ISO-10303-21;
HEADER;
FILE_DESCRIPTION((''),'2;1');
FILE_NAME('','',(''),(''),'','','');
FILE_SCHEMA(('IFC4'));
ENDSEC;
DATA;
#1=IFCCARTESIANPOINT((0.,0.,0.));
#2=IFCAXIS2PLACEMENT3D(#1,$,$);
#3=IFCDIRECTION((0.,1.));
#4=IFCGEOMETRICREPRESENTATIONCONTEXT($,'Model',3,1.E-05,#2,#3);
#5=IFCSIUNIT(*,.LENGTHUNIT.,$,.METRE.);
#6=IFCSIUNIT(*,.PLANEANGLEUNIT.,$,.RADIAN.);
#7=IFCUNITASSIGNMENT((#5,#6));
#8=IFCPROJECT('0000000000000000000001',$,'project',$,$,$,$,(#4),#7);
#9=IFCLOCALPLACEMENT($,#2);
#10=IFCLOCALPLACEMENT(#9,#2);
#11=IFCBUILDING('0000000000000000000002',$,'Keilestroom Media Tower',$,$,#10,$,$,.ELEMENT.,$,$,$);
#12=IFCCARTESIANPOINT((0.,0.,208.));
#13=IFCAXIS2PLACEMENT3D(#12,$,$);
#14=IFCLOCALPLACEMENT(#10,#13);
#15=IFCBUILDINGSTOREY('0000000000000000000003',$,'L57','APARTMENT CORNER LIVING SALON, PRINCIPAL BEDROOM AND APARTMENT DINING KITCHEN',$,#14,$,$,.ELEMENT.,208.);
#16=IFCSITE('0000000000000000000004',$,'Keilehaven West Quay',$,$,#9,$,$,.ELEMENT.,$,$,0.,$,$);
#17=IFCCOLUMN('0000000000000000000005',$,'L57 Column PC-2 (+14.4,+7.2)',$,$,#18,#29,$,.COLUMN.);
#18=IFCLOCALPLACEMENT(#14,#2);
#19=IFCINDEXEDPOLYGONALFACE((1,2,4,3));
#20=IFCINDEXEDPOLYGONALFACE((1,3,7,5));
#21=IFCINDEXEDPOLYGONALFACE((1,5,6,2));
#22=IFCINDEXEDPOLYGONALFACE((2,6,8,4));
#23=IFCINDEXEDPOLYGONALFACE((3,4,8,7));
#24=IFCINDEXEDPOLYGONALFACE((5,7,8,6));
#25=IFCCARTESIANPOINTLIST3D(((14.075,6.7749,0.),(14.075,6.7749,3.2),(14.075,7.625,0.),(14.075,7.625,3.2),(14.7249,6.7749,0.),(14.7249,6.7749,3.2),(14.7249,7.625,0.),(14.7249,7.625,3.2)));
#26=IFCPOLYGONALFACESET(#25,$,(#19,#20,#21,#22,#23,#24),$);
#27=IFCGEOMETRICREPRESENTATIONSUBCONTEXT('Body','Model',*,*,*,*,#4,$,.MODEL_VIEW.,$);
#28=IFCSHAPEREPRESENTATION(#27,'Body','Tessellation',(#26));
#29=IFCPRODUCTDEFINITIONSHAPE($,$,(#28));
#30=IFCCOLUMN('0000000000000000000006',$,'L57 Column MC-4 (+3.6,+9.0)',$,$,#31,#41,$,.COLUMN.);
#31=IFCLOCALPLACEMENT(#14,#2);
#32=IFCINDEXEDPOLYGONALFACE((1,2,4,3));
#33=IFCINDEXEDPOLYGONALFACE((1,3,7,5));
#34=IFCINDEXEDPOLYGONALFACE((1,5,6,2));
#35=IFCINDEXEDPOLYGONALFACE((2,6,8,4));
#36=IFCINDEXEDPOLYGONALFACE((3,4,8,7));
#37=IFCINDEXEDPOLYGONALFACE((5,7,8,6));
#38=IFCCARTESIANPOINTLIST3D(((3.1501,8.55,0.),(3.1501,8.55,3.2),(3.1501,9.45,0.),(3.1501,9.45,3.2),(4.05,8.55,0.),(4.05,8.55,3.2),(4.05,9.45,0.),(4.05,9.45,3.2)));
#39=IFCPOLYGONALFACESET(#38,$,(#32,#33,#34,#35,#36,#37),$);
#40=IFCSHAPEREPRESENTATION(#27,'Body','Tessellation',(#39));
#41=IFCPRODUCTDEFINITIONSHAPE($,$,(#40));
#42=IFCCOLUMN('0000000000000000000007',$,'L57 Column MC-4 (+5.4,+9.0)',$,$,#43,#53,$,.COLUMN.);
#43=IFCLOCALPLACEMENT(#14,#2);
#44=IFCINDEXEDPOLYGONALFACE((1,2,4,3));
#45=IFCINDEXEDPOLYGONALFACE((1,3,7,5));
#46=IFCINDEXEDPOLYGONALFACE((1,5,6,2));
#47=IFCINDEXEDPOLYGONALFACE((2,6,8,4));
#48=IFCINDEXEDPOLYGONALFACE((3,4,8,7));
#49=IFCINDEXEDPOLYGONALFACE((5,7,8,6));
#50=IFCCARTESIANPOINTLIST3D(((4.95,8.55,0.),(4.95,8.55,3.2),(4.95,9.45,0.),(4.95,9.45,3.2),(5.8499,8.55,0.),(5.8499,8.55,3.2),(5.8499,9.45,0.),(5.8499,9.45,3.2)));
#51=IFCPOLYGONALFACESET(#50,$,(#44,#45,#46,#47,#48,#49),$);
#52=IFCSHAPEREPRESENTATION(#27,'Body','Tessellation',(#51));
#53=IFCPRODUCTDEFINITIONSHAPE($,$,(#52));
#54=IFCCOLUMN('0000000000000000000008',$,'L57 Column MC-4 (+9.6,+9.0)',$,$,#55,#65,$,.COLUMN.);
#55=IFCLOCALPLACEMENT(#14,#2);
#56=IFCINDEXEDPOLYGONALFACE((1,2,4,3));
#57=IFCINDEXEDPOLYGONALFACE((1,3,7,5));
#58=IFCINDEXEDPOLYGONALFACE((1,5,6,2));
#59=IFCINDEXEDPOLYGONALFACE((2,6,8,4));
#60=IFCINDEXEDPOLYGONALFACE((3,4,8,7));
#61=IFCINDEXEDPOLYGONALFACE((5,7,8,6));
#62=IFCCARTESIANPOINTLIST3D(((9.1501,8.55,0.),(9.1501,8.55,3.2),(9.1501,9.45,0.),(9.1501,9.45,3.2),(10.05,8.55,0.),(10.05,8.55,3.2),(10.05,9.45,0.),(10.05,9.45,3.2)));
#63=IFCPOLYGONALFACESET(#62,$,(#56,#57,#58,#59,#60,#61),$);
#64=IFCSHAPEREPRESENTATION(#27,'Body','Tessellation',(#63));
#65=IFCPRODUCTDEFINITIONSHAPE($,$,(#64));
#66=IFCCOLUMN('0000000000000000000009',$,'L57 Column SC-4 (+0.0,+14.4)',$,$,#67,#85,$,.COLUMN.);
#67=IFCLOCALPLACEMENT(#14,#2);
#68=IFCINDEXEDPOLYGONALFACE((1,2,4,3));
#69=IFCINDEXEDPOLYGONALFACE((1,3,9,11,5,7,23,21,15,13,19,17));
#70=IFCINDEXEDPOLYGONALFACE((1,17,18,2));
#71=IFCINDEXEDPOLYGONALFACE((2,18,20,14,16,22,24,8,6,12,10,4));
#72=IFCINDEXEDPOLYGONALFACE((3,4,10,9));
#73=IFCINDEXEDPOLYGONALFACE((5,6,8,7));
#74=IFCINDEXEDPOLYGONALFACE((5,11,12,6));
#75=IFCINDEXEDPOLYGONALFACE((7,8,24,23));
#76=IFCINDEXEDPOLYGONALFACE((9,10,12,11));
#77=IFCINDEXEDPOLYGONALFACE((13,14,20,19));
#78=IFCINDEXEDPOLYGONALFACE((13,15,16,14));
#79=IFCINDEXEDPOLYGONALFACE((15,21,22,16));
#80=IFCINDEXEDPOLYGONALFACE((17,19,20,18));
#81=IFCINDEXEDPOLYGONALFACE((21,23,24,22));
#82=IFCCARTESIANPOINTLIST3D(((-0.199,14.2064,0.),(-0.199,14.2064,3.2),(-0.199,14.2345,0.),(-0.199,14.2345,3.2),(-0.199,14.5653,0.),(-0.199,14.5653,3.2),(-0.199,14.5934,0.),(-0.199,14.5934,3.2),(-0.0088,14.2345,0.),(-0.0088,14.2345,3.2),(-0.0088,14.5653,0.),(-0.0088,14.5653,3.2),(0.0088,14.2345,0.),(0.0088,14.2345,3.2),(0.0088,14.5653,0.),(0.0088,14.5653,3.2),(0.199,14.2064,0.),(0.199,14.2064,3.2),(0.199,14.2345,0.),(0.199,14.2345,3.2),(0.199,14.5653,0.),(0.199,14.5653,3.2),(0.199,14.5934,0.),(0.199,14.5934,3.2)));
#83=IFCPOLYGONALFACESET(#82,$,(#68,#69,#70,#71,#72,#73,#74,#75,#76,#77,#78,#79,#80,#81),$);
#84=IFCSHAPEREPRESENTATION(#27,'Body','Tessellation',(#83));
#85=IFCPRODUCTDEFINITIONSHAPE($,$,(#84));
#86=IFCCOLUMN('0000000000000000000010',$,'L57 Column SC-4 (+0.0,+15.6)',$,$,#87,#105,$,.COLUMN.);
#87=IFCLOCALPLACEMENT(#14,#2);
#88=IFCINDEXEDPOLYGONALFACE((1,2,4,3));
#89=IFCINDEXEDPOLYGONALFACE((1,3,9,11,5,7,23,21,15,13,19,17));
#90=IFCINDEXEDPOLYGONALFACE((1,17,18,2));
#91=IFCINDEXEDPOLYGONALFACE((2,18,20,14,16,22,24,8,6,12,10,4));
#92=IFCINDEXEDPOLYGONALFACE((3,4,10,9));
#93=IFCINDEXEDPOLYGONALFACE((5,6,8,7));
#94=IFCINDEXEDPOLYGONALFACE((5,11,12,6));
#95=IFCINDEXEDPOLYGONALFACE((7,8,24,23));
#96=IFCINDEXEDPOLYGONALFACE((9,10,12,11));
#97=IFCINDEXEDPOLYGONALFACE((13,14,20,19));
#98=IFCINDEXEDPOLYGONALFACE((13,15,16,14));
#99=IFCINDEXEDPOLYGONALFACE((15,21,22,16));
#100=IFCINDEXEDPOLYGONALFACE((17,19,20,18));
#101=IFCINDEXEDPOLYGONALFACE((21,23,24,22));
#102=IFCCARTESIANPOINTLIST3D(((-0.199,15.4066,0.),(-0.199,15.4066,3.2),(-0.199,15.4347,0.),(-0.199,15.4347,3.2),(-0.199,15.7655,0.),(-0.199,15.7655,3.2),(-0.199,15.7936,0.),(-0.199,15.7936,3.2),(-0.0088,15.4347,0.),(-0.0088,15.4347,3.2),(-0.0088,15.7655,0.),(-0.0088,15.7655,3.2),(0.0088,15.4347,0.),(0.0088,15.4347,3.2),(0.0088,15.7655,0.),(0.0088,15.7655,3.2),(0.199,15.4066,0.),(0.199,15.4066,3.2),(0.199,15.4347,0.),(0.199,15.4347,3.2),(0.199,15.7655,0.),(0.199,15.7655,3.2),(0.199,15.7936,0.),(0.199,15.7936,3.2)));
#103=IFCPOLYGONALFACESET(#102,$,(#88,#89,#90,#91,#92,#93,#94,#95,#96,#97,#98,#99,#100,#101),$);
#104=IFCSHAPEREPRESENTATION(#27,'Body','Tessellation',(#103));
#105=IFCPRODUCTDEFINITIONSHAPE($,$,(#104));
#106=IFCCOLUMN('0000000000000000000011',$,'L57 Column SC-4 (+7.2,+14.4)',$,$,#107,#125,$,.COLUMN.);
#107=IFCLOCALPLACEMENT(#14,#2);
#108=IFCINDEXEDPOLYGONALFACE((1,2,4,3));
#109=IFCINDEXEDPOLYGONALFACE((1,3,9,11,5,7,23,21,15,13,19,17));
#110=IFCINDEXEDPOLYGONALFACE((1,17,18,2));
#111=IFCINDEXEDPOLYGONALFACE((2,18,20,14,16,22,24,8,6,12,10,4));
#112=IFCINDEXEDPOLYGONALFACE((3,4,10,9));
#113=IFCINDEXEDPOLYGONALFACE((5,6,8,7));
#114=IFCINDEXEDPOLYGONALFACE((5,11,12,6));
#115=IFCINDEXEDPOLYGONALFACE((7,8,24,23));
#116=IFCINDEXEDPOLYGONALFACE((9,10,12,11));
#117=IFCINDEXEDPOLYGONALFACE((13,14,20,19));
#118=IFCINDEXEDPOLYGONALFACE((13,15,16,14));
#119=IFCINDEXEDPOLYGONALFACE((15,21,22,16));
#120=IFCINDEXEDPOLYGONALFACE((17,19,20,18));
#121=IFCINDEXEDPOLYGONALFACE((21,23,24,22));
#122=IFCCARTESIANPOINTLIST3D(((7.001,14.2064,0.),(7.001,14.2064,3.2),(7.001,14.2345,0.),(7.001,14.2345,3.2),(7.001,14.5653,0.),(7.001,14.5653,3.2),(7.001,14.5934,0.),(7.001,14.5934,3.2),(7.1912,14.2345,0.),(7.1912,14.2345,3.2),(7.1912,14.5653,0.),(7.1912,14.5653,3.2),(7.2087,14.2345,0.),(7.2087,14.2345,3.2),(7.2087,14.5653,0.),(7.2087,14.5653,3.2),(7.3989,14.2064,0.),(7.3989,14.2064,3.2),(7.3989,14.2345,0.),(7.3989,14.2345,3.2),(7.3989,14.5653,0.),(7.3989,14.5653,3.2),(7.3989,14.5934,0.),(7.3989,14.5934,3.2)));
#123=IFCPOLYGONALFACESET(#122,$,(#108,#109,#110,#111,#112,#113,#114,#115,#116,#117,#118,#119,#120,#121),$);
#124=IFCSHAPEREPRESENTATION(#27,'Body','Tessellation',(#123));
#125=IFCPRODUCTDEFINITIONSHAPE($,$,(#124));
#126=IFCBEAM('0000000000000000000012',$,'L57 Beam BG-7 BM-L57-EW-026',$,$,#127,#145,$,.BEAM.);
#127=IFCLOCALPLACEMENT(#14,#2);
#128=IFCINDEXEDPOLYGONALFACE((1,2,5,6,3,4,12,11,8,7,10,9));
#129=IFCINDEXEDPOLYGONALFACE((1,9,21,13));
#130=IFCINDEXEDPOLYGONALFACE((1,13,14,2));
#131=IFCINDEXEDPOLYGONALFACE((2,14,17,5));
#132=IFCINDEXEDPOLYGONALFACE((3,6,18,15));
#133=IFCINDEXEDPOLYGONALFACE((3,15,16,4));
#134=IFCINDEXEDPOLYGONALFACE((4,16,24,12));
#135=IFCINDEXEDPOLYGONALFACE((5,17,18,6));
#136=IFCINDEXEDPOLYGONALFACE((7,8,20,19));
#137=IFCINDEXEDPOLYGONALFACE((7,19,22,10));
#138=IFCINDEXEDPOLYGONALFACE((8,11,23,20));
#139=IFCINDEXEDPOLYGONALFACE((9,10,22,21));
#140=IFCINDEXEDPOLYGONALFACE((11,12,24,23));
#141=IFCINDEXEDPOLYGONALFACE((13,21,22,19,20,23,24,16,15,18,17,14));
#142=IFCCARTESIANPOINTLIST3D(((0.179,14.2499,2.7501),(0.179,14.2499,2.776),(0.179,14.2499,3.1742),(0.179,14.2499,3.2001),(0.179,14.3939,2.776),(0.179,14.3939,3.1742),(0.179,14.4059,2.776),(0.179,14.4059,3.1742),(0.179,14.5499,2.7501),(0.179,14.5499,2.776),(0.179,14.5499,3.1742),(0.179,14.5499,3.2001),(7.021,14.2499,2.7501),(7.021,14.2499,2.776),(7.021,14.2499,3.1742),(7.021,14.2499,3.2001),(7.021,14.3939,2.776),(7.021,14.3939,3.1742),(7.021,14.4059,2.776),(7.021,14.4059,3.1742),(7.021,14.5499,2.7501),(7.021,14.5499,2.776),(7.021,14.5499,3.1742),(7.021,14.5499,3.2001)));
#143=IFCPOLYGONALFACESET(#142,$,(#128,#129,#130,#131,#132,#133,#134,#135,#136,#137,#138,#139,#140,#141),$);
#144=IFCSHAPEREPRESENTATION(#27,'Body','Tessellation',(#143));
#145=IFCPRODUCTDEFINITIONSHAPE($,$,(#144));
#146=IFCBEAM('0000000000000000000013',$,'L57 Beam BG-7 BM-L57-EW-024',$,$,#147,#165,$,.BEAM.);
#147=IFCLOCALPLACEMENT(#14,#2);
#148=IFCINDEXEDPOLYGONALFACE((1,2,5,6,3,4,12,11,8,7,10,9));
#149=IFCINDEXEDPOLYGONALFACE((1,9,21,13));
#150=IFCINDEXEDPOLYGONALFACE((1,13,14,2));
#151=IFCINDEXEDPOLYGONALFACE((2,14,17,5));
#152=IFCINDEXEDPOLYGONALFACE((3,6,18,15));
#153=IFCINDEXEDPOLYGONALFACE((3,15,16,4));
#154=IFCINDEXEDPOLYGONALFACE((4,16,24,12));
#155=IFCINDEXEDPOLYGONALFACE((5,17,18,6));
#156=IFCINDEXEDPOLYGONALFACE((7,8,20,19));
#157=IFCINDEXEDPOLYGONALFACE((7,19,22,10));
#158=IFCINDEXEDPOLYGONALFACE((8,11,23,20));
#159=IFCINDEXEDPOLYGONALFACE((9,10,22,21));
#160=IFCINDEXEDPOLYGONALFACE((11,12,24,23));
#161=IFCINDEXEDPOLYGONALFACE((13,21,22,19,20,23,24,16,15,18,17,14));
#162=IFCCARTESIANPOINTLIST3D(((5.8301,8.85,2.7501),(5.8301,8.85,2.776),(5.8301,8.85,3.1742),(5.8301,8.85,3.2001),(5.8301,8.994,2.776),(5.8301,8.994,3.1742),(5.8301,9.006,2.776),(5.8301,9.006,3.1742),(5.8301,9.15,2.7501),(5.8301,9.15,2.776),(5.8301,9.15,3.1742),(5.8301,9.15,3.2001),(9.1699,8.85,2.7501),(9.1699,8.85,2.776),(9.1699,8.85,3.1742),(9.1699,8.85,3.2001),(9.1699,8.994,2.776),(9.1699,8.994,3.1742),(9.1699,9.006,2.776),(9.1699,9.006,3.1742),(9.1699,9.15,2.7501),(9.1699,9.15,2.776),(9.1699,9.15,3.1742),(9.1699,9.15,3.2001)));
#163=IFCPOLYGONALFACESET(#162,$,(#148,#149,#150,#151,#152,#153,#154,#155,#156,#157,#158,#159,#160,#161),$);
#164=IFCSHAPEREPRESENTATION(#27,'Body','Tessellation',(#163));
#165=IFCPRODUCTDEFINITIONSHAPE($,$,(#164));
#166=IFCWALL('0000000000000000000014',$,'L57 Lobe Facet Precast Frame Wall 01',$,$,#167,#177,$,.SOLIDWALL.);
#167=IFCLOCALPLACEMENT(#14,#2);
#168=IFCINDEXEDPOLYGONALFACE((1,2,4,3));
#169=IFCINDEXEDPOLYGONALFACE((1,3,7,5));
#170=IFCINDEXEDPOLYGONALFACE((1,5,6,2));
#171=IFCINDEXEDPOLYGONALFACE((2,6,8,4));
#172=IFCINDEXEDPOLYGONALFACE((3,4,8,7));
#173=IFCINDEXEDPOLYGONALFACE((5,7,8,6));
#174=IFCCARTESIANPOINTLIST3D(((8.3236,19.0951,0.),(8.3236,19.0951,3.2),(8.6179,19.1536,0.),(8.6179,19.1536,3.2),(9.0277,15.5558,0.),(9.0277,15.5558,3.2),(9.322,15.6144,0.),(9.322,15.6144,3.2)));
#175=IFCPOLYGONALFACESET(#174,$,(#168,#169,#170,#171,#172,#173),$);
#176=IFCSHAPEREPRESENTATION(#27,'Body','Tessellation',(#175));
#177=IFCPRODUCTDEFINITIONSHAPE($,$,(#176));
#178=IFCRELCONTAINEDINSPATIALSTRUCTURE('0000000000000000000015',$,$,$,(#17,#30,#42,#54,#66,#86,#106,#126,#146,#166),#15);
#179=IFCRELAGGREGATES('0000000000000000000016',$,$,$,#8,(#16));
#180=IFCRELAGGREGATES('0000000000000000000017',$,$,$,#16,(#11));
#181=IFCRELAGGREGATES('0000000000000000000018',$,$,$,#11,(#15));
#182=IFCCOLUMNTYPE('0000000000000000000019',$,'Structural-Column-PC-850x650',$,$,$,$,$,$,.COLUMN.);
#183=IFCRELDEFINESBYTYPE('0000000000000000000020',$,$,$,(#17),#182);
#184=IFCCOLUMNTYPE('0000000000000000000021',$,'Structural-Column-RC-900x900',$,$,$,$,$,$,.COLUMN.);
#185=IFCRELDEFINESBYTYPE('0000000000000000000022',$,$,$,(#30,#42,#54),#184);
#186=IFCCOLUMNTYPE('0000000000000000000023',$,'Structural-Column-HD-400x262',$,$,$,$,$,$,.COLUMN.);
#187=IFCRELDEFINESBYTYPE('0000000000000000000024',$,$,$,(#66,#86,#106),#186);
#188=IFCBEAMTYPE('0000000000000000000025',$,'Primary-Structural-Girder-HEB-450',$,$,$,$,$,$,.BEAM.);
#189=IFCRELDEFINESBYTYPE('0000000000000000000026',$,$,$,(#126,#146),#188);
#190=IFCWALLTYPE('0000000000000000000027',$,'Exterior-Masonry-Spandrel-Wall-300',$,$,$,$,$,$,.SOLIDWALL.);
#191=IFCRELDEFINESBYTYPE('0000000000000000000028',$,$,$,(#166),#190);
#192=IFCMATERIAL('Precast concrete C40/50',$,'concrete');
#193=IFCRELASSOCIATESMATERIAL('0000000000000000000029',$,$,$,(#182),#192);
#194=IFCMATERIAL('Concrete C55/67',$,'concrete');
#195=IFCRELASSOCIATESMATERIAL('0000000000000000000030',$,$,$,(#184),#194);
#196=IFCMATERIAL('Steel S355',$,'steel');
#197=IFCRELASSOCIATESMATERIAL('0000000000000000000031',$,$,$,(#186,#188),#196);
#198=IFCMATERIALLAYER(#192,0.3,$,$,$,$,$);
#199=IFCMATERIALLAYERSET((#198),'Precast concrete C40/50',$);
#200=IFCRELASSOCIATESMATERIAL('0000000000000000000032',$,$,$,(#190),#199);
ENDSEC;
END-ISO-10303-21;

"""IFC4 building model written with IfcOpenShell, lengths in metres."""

from ifc_helpers import new_model, si_unit, direction, frame, frame_2d, origin, origin_2d, place, context, subcontext, project, spatial, rectangle, i_section, extrude, source, transform, mapped, material, layer, layer_set, material_profile, profile_set, type_object, element, save


model = new_model("IFC4")

# Units and contexts
model_context = context("Model", 3, precision=1e-05, world=origin(), true_north=direction((0.0, 1.0)))
body_context = subcontext(model_context, "Body", "Model", "MODEL_VIEW")
ifc_project = project(units=[si_unit("LENGTHUNIT", "METRE"), si_unit("PLANEANGLEUNIT", "RADIAN")], contexts=[model_context])

# Site, building, storey
site_placement = place(None, origin())
site = spatial("IfcSite", under=ifc_project, at=site_placement, Name="Keilehaven West Quay", CompositionType="ELEMENT", RefElevation=0.0)
building_placement = place(site_placement, origin())
building = spatial("IfcBuilding", under=site, at=building_placement, Name="Keilestroom Media Tower", CompositionType="ELEMENT")
storey_placement = place(building_placement, frame((0.0, 0.0, 208.0)))
storey = spatial("IfcBuildingStorey", under=building, at=storey_placement, Name="L57", Description="APARTMENT CORNER LIVING SALON, PRINCIPAL BEDROOM AND APARTMENT DINING KITCHEN", CompositionType="ELEMENT", Elevation=208.0)

# Columns
ifc_material_1 = material(Name="Precast concrete C40/50", Category="concrete")
ifc_material_profile_1 = material_profile(ifc_material_1, rectangle(XDim=0.6499, YDim=0.8501, at=origin_2d()), Name="PC 850x650")
ifc_profile_set_1 = profile_set([ifc_material_profile_1], Name="Precast concrete C40/50")
column_type_1 = type_object("IfcColumnType", Name="Structural-Column-PC-850x650", PredefinedType="COLUMN", material=ifc_profile_set_1)
shared_shape_1 = source(origin(), body_context, "Body", "SweptSolid", [
    extrude(rectangle(XDim=0.6499, YDim=0.8501, at=origin_2d()), origin(), (0.0, 0.0, 1.0), 3.2),
])
column_placement = place(storey_placement, frame((14.3999, 7.2, 0.0), z_axis=(0.0, 0.0, 1.0), x_axis=(1.0, 0.0, 0.0)))
element("IfcColumn", 1, at=column_placement, inside=storey, type_object=column_type_1, Name="L57 Column PC-2 (+14.4,+7.2)", PredefinedType="COLUMN", context=body_context, shape_type="MappedRepresentation", body=[
    mapped(shared_shape_1, transform((0.0, 0.0, 0.0), x_axis=(1.0, 0.0, 0.0), y_axis=(0.0, 1.0, 0.0), z_axis=(0.0, 0.0, 1.0), scale=1.0)),
])
ifc_material_2 = material(Name="Concrete C55/67", Category="concrete")
ifc_material_profile_2 = material_profile(ifc_material_2, rectangle(XDim=0.8999, YDim=0.8999, at=origin_2d()), Name="RC 900x900")
ifc_profile_set_2 = profile_set([ifc_material_profile_2], Name="Concrete C55/67")
column_type_2 = type_object("IfcColumnType", Name="Structural-Column-RC-900x900", PredefinedType="COLUMN", material=ifc_profile_set_2)
shared_shape_2 = source(origin(), body_context, "Body", "SweptSolid", [
    extrude(rectangle(XDim=0.8999, YDim=0.8999, at=origin_2d()), origin(), (0.0, 0.0, 1.0), 3.2),
])
for number, where, z_axis, x_axis, name in (
    (2, (3.6001, 9.0, 0.0), (0.0, 0.0, 1.0), (1.0, 0.0, 0.0), "L57 Column MC-4 (+3.6,+9.0)"),
    (3, (5.3999, 9.0, 0.0), (0.0, 0.0, 1.0), (1.0, 0.0, 0.0), "L57 Column MC-4 (+5.4,+9.0)"),
    (4, (9.6001, 9.0, 0.0), (0.0, 0.0, 1.0), (1.0, 0.0, 0.0), "L57 Column MC-4 (+9.6,+9.0)"),
):
    element("IfcColumn", number, at=place(storey_placement, frame(where, z_axis=z_axis, x_axis=x_axis)), inside=storey, type_object=column_type_2, Name=name, PredefinedType="COLUMN", context=body_context, shape_type="MappedRepresentation", body=[
        mapped(shared_shape_2, transform((0.0, 0.0, 0.0), x_axis=(1.0, 0.0, 0.0), y_axis=(0.0, 1.0, 0.0), z_axis=(0.0, 0.0, 1.0), scale=1.0)),
    ])
ifc_material_3 = material(Name="Steel S355", Category="steel")
ifc_material_profile_3 = material_profile(ifc_material_3, i_section(OverallWidth=0.3979, OverallDepth=0.387, WebThickness=0.0176, FlangeThickness=0.0281, at=origin_2d()), Name="HD 400x262")
ifc_profile_set_3 = profile_set([ifc_material_profile_3], Name="Steel S355")
column_type_3 = type_object("IfcColumnType", Name="Structural-Column-HD-400x262", PredefinedType="COLUMN", material=ifc_profile_set_3)
shared_shape_3 = source(origin(), body_context, "Body", "SweptSolid", [
    extrude(i_section(OverallWidth=0.3979, OverallDepth=0.387, WebThickness=0.0176, FlangeThickness=0.0281, at=origin_2d()), origin(), (0.0, 0.0, 1.0), 3.2),
])
for number, where, z_axis, x_axis, name in (
    (5, (0.0, 14.3999, 0.0), (0.0, 0.0, 1.0), (1.0, 0.0, 0.0), "L57 Column SC-4 (+0.0,+14.4)"),
    (6, (0.0, 15.6001, 0.0), (0.0, 0.0, 1.0), (1.0, 0.0, 0.0), "L57 Column SC-4 (+0.0,+15.6)"),
    (7, (7.2, 14.3999, 0.0), (0.0, 0.0, 1.0), (1.0, 0.0, 0.0), "L57 Column SC-4 (+7.2,+14.4)"),
):
    element("IfcColumn", number, at=place(storey_placement, frame(where, z_axis=z_axis, x_axis=x_axis)), inside=storey, type_object=column_type_3, Name=name, PredefinedType="COLUMN", context=body_context, shape_type="MappedRepresentation", body=[
        mapped(shared_shape_3, transform((0.0, 0.0, 0.0), x_axis=(1.0, 0.0, 0.0), y_axis=(0.0, 1.0, 0.0), z_axis=(0.0, 0.0, 1.0), scale=1.0)),
    ])

# Beams
ifc_material_profile_4 = material_profile(ifc_material_3, i_section(OverallWidth=0.3, OverallDepth=0.45, WebThickness=0.012, FlangeThickness=0.0259, at=origin_2d()), Name="HEB 450")
ifc_profile_set_4 = profile_set([ifc_material_profile_4], Name="Steel S355")
beam_type = type_object("IfcBeamType", Name="Primary-Structural-Girder-HEB-450", PredefinedType="BEAM", material=ifc_profile_set_4)
shared_shape_4 = source(origin(), body_context, "Body", "SweptSolid", [
    extrude(i_section(OverallWidth=0.3, OverallDepth=0.45, WebThickness=0.012, FlangeThickness=0.0259, at=origin_2d()), origin(), (0.0, 0.0, 1.0), 6.842),
])
beam_1_placement = place(storey_placement, frame((0.179, 14.3999, 2.9751), z_axis=(1.0, 0.0, 0.0), x_axis=(0.0, 1.0, 0.0)))
element("IfcBeam", 8, at=beam_1_placement, inside=storey, type_object=beam_type, Name="L57 Beam BG-7 BM-L57-EW-026", PredefinedType="BEAM", context=body_context, shape_type="MappedRepresentation", body=[
    mapped(shared_shape_4, transform((0.0, 0.0, 0.0), x_axis=(1.0, 0.0, 0.0), y_axis=(0.0, 1.0, 0.0), z_axis=(0.0, 0.0, 1.0), scale=1.0)),
])
shared_shape_5 = source(origin(), body_context, "Body", "SweptSolid", [
    extrude(i_section(OverallWidth=0.3, OverallDepth=0.45, WebThickness=0.012, FlangeThickness=0.0259, at=origin_2d()), origin(), (0.0, 0.0, 1.0), 3.3398),
])
beam_2_placement = place(storey_placement, frame((5.8301, 9.0, 2.9751), z_axis=(1.0, 0.0, 0.0), x_axis=(0.0, 1.0, 0.0)))
element("IfcBeam", 9, at=beam_2_placement, inside=storey, type_object=beam_type, Name="L57 Beam BG-7 BM-L57-EW-024", PredefinedType="BEAM", context=body_context, shape_type="MappedRepresentation", body=[
    mapped(shared_shape_5, transform((0.0, 0.0, 0.0), x_axis=(1.0, 0.0, 0.0), y_axis=(0.0, 1.0, 0.0), z_axis=(0.0, 0.0, 1.0), scale=1.0)),
])

# Wall
ifc_layer_1 = layer(ifc_material_1, 0.3)
ifc_layer_set_1 = layer_set([ifc_layer_1], Name="Precast concrete C40/50")
wall_type_1 = type_object("IfcWallType", Name="Exterior-Masonry-Spandrel-Wall-300", PredefinedType="SOLIDWALL", material=ifc_layer_set_1)
wall_1_placement = place(storey_placement, frame((9.1748, 15.5852, 0.0), z_axis=(0.0, 0.0, 1.0), x_axis=(-0.195114, 0.980781, 0.0)))
element("IfcWall", 10, at=wall_1_placement, inside=storey, type_object=wall_type_1, Name="L57 Lobe Facet Precast Frame Wall 01", PredefinedType="SOLIDWALL", context=body_context, shape_type="SweptSolid", body=[
    extrude(rectangle(XDim=3.6086, YDim=0.3, at=frame_2d((1.8042, 0.0))), origin(), (0.0, 0.0, 1.0), 3.2),
])

save(model, "model.ifc")
